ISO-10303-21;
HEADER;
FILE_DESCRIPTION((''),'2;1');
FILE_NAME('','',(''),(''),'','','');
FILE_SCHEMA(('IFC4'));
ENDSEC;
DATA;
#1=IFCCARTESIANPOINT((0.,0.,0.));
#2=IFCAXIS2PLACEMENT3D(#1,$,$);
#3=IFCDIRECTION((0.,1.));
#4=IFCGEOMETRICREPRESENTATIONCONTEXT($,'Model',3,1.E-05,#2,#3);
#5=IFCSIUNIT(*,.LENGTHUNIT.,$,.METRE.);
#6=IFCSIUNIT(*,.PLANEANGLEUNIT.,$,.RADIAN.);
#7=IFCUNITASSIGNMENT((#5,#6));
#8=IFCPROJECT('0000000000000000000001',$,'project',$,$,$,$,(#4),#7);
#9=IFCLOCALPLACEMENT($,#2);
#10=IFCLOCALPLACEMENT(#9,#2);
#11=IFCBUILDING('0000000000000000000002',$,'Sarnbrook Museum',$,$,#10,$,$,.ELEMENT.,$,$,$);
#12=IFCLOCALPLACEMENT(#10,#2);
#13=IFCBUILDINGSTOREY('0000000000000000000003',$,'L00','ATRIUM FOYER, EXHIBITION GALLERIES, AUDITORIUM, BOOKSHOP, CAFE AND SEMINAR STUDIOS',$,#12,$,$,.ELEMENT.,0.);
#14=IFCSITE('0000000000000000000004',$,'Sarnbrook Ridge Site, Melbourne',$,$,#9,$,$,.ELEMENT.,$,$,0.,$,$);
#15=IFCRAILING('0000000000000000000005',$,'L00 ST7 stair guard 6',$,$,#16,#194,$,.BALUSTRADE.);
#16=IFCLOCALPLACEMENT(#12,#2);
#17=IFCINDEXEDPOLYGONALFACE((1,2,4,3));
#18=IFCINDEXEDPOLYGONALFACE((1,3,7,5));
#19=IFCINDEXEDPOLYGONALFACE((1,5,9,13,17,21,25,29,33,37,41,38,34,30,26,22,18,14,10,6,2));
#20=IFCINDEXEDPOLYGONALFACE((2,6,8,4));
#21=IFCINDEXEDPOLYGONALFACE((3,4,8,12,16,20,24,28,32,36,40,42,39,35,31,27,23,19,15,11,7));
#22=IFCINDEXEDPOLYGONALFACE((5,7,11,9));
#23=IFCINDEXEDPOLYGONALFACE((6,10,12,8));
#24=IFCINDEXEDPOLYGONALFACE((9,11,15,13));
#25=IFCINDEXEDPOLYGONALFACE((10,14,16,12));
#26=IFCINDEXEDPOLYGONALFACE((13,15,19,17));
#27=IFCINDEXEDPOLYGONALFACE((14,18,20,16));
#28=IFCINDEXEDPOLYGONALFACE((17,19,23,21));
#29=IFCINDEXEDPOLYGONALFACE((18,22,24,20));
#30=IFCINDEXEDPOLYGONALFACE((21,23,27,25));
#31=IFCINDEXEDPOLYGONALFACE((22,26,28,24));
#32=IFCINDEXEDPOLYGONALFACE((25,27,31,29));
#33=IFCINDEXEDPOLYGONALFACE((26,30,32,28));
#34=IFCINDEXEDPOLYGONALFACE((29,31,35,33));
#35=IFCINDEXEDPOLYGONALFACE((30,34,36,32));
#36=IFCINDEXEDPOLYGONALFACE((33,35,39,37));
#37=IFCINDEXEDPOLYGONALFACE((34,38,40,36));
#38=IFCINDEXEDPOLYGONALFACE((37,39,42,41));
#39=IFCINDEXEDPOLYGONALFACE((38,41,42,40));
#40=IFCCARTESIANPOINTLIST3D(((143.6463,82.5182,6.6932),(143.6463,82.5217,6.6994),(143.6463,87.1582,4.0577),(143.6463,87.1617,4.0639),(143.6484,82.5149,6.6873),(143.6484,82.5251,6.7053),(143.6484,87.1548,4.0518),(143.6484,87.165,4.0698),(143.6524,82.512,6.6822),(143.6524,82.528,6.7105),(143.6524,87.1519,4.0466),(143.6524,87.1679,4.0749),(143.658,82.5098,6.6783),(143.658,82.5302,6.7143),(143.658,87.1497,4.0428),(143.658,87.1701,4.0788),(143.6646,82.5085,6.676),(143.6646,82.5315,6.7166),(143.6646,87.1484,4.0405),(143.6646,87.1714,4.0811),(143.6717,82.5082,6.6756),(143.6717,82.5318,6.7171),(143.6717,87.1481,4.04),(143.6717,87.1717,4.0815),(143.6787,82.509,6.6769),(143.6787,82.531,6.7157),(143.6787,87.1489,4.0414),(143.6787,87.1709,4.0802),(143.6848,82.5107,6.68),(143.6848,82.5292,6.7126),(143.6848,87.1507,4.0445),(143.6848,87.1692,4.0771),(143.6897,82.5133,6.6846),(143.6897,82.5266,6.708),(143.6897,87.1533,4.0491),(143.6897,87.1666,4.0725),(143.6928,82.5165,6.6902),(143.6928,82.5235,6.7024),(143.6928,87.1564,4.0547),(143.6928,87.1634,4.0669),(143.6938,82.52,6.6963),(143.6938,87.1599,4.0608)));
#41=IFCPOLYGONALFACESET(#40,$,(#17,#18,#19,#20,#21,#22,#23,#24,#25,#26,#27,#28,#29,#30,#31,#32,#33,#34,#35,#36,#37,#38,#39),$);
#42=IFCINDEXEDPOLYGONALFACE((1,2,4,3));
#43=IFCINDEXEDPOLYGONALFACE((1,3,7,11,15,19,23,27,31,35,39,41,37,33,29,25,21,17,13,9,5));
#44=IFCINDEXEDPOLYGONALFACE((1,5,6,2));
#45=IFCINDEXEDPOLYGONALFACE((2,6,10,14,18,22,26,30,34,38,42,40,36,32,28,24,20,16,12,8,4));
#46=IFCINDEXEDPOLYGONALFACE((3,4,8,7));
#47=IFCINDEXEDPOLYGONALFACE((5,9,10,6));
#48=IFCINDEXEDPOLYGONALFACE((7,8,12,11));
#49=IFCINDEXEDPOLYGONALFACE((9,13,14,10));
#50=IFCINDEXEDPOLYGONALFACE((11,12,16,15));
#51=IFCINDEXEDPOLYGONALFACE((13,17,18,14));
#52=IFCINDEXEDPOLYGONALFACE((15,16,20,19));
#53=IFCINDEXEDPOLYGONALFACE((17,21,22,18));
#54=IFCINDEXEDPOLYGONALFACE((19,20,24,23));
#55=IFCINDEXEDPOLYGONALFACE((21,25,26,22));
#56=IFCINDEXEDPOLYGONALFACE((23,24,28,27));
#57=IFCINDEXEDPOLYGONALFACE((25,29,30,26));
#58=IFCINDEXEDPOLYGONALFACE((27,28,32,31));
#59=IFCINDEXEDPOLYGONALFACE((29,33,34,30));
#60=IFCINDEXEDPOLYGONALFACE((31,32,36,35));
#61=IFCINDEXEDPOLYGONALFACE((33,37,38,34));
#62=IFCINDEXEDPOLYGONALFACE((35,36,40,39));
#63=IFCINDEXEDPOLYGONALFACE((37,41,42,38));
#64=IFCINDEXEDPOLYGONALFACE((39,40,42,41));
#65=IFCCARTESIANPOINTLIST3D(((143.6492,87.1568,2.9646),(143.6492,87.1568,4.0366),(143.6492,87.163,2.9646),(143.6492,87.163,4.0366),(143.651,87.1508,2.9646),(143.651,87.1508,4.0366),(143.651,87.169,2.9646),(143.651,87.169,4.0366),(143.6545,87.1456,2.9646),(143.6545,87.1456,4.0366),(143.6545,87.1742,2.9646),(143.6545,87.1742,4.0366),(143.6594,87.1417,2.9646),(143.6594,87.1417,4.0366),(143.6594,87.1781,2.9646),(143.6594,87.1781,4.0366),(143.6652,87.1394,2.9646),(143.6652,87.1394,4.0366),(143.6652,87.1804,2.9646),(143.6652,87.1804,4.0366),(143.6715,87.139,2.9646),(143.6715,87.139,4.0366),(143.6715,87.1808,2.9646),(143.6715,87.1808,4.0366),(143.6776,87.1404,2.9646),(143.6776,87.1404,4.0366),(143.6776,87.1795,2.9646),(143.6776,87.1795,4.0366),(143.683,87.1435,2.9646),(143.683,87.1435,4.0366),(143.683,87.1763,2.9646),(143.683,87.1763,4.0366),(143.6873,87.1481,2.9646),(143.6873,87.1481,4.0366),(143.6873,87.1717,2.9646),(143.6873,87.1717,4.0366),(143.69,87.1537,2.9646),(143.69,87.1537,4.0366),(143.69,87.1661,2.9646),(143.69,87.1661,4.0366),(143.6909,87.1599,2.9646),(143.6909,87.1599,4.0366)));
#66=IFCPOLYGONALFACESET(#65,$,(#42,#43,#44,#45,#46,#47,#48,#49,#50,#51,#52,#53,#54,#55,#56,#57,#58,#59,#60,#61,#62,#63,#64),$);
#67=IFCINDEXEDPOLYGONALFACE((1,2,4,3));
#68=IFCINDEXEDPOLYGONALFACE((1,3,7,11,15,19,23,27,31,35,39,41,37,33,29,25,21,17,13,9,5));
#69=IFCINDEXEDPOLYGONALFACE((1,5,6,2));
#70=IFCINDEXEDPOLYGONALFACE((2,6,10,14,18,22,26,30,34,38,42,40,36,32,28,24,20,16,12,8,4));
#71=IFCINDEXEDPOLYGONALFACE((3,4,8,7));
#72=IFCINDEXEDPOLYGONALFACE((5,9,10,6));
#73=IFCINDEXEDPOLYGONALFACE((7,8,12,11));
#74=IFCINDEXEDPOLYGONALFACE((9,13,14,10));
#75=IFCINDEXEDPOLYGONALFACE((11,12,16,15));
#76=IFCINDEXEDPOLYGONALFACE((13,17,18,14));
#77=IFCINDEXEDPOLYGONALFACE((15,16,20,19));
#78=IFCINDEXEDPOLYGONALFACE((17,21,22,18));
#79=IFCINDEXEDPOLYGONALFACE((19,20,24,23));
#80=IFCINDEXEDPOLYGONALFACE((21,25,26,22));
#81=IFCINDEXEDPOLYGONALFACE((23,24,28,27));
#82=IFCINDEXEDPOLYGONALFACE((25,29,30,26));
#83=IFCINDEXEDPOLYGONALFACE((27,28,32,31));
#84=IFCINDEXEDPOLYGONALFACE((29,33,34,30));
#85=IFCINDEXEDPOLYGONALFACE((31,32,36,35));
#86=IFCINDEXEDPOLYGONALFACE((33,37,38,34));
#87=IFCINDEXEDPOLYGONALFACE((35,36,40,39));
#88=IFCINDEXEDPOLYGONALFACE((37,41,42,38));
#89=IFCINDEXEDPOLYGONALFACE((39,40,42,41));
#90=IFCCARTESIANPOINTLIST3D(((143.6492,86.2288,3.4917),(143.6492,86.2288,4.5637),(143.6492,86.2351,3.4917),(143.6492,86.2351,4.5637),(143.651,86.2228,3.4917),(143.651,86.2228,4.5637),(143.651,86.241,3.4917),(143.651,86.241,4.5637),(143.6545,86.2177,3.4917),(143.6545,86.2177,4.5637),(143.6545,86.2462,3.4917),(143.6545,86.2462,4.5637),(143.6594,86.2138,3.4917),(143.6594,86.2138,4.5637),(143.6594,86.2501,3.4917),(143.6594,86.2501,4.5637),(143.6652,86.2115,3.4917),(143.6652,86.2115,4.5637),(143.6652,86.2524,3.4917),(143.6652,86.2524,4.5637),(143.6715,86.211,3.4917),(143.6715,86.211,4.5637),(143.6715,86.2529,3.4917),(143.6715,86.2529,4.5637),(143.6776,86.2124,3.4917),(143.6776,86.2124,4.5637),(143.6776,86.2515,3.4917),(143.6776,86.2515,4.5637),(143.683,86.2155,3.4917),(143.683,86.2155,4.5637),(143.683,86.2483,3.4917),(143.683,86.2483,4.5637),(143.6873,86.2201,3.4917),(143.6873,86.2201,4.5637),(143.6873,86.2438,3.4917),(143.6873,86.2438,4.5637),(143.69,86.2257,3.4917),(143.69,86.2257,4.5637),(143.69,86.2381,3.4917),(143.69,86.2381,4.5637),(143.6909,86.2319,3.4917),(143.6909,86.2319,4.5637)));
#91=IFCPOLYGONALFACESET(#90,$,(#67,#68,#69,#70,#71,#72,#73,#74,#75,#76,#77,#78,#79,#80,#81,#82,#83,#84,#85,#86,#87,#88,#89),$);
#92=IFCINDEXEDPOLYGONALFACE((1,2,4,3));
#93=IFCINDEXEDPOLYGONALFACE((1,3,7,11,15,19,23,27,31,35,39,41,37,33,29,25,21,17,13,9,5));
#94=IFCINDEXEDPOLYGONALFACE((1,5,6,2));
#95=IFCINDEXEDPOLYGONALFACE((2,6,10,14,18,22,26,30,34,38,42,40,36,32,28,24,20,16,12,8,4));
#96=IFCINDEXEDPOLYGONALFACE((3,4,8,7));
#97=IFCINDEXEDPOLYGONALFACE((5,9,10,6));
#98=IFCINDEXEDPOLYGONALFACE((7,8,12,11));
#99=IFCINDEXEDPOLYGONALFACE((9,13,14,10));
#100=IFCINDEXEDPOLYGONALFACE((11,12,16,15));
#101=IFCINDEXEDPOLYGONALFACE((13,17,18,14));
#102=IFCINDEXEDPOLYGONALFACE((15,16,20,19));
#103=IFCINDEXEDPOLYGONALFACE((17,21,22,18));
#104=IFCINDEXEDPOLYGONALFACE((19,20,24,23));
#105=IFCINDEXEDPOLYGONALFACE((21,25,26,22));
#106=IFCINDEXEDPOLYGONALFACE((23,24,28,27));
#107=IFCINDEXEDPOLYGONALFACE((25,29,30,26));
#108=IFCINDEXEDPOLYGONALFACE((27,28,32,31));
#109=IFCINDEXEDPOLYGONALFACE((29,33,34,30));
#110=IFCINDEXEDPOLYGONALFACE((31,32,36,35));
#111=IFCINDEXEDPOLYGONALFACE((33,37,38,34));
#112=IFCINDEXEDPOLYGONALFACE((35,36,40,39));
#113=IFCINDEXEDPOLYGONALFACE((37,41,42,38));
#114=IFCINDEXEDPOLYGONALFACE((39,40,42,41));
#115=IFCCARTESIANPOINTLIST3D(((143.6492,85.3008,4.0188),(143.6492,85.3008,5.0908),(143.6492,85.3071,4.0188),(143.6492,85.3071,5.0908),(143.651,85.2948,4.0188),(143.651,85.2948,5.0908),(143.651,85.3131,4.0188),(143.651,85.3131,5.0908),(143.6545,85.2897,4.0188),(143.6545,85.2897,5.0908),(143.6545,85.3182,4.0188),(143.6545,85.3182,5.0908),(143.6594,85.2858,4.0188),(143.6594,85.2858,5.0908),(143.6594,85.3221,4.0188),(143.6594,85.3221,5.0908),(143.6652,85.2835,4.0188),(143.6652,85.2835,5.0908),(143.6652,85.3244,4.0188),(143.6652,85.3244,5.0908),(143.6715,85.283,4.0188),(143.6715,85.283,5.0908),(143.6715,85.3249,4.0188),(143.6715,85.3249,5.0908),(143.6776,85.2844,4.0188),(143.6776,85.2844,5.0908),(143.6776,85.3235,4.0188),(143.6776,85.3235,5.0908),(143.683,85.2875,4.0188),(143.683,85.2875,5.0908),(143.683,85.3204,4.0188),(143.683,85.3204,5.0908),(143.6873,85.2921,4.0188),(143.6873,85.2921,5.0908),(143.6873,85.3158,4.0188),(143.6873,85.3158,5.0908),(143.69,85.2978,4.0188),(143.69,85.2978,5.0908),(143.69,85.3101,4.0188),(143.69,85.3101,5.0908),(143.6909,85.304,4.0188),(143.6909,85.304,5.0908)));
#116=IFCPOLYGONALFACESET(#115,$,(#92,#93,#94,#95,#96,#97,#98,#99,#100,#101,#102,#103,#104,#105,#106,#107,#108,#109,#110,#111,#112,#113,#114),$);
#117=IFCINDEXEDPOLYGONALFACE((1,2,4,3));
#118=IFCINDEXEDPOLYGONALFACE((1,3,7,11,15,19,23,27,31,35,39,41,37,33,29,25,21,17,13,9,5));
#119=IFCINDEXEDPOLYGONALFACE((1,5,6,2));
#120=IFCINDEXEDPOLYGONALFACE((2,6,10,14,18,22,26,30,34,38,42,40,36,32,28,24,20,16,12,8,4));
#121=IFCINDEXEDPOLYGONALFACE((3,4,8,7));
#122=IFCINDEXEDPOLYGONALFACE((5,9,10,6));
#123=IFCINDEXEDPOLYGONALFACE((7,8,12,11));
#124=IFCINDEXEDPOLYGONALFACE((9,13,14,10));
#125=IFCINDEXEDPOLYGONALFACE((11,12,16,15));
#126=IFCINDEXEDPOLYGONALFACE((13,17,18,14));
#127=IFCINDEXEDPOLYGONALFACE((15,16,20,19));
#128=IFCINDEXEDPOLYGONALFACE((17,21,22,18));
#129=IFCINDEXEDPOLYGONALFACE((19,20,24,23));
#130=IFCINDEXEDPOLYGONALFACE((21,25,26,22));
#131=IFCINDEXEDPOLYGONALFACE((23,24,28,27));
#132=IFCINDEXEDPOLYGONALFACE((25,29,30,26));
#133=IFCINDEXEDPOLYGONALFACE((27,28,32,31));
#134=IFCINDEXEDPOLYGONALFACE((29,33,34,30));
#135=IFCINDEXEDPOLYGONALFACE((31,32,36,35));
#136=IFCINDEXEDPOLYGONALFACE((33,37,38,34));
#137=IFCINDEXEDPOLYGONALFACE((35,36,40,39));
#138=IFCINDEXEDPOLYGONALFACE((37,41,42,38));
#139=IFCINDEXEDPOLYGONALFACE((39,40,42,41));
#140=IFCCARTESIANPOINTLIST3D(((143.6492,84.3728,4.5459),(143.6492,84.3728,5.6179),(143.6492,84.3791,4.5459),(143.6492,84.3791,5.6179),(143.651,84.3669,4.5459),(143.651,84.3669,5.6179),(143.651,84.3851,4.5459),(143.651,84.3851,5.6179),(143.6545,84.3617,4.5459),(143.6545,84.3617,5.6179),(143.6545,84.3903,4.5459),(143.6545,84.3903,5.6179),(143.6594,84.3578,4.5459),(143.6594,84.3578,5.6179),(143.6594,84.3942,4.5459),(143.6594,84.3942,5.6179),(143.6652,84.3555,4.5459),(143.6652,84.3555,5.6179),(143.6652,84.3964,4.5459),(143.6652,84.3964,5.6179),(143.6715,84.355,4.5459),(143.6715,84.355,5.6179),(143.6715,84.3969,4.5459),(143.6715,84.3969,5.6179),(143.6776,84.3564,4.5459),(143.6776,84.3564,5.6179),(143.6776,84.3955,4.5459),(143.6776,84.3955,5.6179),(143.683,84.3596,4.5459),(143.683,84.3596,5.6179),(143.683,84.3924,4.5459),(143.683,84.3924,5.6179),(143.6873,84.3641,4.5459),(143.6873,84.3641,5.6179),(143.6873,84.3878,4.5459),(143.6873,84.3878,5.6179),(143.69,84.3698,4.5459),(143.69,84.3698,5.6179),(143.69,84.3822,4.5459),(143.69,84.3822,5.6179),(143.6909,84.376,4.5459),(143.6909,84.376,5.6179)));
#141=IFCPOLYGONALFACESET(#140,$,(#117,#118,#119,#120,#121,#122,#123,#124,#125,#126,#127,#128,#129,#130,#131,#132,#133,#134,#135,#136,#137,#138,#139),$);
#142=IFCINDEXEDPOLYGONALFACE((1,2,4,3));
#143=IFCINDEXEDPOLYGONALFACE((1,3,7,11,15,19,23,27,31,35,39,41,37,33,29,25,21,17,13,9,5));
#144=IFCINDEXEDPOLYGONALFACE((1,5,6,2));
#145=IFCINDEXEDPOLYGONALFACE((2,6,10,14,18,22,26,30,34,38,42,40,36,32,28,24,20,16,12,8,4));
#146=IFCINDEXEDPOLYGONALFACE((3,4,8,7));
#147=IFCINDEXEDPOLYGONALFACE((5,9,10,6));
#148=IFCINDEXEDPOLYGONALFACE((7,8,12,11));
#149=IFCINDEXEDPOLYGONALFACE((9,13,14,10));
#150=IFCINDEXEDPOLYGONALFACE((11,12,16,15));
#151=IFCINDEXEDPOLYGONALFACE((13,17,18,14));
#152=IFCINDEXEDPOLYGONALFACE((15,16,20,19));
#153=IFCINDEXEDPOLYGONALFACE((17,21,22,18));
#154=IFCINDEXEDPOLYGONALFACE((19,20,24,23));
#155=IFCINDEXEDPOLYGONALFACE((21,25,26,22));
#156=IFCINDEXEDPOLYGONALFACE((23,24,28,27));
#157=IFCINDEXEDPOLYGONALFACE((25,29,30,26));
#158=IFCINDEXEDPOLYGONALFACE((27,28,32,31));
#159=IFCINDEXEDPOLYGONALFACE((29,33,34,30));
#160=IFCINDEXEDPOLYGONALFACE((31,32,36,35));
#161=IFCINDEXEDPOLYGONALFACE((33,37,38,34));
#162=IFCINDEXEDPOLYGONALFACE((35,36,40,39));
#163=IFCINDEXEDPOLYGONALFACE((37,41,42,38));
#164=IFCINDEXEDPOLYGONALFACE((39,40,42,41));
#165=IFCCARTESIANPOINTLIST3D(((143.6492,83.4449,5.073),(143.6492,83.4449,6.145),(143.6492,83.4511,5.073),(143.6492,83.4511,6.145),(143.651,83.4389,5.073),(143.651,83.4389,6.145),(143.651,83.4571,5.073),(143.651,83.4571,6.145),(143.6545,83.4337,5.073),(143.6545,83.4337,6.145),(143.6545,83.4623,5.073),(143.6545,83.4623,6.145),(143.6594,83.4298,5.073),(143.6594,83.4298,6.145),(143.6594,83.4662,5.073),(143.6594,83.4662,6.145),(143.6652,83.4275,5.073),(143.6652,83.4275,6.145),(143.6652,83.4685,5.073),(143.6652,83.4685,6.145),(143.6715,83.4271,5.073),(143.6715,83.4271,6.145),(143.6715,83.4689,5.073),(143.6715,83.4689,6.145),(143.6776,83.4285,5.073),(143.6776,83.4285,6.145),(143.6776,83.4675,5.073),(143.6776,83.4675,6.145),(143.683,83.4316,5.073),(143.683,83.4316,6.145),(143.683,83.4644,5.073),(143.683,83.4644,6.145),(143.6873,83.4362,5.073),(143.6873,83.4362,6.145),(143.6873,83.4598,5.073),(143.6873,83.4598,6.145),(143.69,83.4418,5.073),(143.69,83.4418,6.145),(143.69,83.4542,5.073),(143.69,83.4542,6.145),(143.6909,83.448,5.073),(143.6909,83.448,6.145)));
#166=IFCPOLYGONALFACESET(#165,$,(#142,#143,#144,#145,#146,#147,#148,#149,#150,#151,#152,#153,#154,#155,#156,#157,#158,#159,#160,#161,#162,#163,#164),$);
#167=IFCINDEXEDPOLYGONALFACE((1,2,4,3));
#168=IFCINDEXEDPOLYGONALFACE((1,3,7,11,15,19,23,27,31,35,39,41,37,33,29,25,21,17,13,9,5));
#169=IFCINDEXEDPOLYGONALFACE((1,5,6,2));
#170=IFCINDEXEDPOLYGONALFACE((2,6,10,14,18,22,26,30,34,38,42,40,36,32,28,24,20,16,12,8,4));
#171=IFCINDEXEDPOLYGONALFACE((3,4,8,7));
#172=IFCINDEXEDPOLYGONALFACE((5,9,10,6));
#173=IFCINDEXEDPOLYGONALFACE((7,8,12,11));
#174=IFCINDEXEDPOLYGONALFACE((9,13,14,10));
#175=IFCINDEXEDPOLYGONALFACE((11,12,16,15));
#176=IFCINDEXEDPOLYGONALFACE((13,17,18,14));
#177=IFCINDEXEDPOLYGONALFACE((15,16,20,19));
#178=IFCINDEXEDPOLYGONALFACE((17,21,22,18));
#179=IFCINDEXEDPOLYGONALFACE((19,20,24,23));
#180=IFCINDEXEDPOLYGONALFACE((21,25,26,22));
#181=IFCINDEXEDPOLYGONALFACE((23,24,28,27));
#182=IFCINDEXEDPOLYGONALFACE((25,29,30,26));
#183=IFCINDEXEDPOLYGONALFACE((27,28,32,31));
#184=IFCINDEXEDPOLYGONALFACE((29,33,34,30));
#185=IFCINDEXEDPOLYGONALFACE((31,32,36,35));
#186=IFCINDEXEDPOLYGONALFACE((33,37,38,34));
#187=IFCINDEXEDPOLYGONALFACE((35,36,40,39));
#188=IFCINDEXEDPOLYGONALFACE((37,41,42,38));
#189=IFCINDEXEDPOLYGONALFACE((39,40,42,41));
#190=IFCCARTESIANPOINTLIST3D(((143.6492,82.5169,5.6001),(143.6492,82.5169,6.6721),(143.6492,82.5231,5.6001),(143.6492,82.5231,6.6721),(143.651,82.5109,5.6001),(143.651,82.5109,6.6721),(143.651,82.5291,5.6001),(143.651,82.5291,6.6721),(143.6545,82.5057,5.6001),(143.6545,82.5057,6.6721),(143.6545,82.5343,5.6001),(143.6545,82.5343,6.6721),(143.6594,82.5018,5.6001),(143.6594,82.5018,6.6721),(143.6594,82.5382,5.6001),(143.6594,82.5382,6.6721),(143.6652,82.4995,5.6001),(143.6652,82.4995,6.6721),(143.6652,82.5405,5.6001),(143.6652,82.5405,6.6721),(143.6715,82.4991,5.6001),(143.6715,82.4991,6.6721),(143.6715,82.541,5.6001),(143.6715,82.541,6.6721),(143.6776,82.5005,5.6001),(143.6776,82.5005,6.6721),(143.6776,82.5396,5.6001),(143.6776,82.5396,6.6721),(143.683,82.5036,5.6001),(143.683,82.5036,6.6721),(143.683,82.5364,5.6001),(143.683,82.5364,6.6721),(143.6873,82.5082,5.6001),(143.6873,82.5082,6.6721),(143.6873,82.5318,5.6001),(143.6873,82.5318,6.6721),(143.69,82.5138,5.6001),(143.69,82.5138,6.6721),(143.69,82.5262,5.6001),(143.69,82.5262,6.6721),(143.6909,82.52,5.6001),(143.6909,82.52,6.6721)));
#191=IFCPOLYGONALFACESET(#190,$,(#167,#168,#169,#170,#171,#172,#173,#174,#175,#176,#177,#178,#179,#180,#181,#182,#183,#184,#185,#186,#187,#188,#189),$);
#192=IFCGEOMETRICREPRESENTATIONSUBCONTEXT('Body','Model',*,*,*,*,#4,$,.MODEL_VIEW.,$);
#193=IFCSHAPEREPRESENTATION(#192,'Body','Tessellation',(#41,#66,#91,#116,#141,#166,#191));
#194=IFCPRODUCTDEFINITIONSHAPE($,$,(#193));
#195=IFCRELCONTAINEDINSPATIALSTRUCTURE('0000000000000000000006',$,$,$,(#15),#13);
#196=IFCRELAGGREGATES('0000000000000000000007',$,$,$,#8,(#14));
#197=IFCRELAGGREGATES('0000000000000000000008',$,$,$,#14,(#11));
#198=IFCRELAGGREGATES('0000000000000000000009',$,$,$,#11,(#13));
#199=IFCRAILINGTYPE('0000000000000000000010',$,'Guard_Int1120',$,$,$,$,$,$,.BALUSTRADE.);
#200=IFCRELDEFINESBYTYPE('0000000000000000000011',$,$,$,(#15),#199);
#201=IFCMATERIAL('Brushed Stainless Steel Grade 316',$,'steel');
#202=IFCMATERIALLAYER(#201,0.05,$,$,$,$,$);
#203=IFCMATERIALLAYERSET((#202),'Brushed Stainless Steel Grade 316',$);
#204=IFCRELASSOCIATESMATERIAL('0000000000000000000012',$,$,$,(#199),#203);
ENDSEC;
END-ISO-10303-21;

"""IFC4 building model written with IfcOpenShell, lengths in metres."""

from ifc_helpers import new_model, si_unit, direction, frame, origin, origin_2d, place, context, subcontext, project, spatial, circle, extrude, material, layer, layer_set, type_object, element, save


model = new_model("IFC4")

# Units and contexts
model_context = context("Model", 3, precision=1e-05, world=origin(), true_north=direction((0.0, 1.0)))
body_context = subcontext(model_context, "Body", "Model", "MODEL_VIEW")
ifc_project = project(units=[si_unit("LENGTHUNIT", "METRE"), si_unit("PLANEANGLEUNIT", "RADIAN")], contexts=[model_context])

# Site, building, storey
site_placement = place(None, origin())
site = spatial("IfcSite", under=ifc_project, at=site_placement, Name="Sarnbrook Ridge Site, Melbourne", CompositionType="ELEMENT", RefElevation=0.0)
building_placement = place(site_placement, origin())
building = spatial("IfcBuilding", under=site, at=building_placement, Name="Sarnbrook Museum", CompositionType="ELEMENT")
storey_placement = place(building_placement, origin())
storey = spatial("IfcBuildingStorey", under=building, at=storey_placement, Name="L00", Description="ATRIUM FOYER, EXHIBITION GALLERIES, AUDITORIUM, BOOKSHOP, CAFE AND SEMINAR STUDIOS", CompositionType="ELEMENT", Elevation=0.0)

# Railing
ifc_material_1 = material(Name="Brushed Stainless Steel Grade 316", Category="steel")
ifc_layer_1 = layer(ifc_material_1, 0.05)
ifc_layer_set_1 = layer_set([ifc_layer_1], Name="Brushed Stainless Steel Grade 316")
railing_type_1 = type_object("IfcRailingType", Name="Guard_Int1120", PredefinedType="BALUSTRADE", material=ifc_layer_set_1)
railing_1_placement = place(storey_placement, frame((143.6699, 87.1599, 2.9646)))
element("IfcRailing", 1, at=railing_1_placement, inside=storey, type_object=railing_type_1, Name="L00 ST7 stair guard 6", PredefinedType="BALUSTRADE", context=body_context, shape_type="SweptSolid", body=[
    extrude(circle(Radius=0.0239, at=origin_2d()), frame((0.0, 0.0, 1.0962), z_axis=(0.0, -0.869521, 0.493895), x_axis=(1.0, 0.0, 0.0)), (0.0, 0.0, 1.0), 5.3362),
    extrude(circle(Radius=0.021, at=origin_2d()), origin(), (0.0, 0.0, 1.0), 1.072),
    extrude(circle(Radius=0.021, at=origin_2d()), frame((0.0, -0.928, 0.5271)), (0.0, 0.0, 1.0), 1.072),
    extrude(circle(Radius=0.021, at=origin_2d()), frame((0.0, -1.856, 1.0542)), (0.0, 0.0, 1.0), 1.072),
    extrude(circle(Radius=0.021, at=origin_2d()), frame((0.0, -2.7839, 1.5813)), (0.0, 0.0, 1.0), 1.072),
    extrude(circle(Radius=0.021, at=origin_2d()), frame((0.0, -3.7119, 2.1084)), (0.0, 0.0, 1.0), 1.072),
    extrude(circle(Radius=0.021, at=origin_2d()), frame((0.0, -4.6399, 2.6355)), (0.0, 0.0, 1.0), 1.072),
])

save(model, "model.ifc")
